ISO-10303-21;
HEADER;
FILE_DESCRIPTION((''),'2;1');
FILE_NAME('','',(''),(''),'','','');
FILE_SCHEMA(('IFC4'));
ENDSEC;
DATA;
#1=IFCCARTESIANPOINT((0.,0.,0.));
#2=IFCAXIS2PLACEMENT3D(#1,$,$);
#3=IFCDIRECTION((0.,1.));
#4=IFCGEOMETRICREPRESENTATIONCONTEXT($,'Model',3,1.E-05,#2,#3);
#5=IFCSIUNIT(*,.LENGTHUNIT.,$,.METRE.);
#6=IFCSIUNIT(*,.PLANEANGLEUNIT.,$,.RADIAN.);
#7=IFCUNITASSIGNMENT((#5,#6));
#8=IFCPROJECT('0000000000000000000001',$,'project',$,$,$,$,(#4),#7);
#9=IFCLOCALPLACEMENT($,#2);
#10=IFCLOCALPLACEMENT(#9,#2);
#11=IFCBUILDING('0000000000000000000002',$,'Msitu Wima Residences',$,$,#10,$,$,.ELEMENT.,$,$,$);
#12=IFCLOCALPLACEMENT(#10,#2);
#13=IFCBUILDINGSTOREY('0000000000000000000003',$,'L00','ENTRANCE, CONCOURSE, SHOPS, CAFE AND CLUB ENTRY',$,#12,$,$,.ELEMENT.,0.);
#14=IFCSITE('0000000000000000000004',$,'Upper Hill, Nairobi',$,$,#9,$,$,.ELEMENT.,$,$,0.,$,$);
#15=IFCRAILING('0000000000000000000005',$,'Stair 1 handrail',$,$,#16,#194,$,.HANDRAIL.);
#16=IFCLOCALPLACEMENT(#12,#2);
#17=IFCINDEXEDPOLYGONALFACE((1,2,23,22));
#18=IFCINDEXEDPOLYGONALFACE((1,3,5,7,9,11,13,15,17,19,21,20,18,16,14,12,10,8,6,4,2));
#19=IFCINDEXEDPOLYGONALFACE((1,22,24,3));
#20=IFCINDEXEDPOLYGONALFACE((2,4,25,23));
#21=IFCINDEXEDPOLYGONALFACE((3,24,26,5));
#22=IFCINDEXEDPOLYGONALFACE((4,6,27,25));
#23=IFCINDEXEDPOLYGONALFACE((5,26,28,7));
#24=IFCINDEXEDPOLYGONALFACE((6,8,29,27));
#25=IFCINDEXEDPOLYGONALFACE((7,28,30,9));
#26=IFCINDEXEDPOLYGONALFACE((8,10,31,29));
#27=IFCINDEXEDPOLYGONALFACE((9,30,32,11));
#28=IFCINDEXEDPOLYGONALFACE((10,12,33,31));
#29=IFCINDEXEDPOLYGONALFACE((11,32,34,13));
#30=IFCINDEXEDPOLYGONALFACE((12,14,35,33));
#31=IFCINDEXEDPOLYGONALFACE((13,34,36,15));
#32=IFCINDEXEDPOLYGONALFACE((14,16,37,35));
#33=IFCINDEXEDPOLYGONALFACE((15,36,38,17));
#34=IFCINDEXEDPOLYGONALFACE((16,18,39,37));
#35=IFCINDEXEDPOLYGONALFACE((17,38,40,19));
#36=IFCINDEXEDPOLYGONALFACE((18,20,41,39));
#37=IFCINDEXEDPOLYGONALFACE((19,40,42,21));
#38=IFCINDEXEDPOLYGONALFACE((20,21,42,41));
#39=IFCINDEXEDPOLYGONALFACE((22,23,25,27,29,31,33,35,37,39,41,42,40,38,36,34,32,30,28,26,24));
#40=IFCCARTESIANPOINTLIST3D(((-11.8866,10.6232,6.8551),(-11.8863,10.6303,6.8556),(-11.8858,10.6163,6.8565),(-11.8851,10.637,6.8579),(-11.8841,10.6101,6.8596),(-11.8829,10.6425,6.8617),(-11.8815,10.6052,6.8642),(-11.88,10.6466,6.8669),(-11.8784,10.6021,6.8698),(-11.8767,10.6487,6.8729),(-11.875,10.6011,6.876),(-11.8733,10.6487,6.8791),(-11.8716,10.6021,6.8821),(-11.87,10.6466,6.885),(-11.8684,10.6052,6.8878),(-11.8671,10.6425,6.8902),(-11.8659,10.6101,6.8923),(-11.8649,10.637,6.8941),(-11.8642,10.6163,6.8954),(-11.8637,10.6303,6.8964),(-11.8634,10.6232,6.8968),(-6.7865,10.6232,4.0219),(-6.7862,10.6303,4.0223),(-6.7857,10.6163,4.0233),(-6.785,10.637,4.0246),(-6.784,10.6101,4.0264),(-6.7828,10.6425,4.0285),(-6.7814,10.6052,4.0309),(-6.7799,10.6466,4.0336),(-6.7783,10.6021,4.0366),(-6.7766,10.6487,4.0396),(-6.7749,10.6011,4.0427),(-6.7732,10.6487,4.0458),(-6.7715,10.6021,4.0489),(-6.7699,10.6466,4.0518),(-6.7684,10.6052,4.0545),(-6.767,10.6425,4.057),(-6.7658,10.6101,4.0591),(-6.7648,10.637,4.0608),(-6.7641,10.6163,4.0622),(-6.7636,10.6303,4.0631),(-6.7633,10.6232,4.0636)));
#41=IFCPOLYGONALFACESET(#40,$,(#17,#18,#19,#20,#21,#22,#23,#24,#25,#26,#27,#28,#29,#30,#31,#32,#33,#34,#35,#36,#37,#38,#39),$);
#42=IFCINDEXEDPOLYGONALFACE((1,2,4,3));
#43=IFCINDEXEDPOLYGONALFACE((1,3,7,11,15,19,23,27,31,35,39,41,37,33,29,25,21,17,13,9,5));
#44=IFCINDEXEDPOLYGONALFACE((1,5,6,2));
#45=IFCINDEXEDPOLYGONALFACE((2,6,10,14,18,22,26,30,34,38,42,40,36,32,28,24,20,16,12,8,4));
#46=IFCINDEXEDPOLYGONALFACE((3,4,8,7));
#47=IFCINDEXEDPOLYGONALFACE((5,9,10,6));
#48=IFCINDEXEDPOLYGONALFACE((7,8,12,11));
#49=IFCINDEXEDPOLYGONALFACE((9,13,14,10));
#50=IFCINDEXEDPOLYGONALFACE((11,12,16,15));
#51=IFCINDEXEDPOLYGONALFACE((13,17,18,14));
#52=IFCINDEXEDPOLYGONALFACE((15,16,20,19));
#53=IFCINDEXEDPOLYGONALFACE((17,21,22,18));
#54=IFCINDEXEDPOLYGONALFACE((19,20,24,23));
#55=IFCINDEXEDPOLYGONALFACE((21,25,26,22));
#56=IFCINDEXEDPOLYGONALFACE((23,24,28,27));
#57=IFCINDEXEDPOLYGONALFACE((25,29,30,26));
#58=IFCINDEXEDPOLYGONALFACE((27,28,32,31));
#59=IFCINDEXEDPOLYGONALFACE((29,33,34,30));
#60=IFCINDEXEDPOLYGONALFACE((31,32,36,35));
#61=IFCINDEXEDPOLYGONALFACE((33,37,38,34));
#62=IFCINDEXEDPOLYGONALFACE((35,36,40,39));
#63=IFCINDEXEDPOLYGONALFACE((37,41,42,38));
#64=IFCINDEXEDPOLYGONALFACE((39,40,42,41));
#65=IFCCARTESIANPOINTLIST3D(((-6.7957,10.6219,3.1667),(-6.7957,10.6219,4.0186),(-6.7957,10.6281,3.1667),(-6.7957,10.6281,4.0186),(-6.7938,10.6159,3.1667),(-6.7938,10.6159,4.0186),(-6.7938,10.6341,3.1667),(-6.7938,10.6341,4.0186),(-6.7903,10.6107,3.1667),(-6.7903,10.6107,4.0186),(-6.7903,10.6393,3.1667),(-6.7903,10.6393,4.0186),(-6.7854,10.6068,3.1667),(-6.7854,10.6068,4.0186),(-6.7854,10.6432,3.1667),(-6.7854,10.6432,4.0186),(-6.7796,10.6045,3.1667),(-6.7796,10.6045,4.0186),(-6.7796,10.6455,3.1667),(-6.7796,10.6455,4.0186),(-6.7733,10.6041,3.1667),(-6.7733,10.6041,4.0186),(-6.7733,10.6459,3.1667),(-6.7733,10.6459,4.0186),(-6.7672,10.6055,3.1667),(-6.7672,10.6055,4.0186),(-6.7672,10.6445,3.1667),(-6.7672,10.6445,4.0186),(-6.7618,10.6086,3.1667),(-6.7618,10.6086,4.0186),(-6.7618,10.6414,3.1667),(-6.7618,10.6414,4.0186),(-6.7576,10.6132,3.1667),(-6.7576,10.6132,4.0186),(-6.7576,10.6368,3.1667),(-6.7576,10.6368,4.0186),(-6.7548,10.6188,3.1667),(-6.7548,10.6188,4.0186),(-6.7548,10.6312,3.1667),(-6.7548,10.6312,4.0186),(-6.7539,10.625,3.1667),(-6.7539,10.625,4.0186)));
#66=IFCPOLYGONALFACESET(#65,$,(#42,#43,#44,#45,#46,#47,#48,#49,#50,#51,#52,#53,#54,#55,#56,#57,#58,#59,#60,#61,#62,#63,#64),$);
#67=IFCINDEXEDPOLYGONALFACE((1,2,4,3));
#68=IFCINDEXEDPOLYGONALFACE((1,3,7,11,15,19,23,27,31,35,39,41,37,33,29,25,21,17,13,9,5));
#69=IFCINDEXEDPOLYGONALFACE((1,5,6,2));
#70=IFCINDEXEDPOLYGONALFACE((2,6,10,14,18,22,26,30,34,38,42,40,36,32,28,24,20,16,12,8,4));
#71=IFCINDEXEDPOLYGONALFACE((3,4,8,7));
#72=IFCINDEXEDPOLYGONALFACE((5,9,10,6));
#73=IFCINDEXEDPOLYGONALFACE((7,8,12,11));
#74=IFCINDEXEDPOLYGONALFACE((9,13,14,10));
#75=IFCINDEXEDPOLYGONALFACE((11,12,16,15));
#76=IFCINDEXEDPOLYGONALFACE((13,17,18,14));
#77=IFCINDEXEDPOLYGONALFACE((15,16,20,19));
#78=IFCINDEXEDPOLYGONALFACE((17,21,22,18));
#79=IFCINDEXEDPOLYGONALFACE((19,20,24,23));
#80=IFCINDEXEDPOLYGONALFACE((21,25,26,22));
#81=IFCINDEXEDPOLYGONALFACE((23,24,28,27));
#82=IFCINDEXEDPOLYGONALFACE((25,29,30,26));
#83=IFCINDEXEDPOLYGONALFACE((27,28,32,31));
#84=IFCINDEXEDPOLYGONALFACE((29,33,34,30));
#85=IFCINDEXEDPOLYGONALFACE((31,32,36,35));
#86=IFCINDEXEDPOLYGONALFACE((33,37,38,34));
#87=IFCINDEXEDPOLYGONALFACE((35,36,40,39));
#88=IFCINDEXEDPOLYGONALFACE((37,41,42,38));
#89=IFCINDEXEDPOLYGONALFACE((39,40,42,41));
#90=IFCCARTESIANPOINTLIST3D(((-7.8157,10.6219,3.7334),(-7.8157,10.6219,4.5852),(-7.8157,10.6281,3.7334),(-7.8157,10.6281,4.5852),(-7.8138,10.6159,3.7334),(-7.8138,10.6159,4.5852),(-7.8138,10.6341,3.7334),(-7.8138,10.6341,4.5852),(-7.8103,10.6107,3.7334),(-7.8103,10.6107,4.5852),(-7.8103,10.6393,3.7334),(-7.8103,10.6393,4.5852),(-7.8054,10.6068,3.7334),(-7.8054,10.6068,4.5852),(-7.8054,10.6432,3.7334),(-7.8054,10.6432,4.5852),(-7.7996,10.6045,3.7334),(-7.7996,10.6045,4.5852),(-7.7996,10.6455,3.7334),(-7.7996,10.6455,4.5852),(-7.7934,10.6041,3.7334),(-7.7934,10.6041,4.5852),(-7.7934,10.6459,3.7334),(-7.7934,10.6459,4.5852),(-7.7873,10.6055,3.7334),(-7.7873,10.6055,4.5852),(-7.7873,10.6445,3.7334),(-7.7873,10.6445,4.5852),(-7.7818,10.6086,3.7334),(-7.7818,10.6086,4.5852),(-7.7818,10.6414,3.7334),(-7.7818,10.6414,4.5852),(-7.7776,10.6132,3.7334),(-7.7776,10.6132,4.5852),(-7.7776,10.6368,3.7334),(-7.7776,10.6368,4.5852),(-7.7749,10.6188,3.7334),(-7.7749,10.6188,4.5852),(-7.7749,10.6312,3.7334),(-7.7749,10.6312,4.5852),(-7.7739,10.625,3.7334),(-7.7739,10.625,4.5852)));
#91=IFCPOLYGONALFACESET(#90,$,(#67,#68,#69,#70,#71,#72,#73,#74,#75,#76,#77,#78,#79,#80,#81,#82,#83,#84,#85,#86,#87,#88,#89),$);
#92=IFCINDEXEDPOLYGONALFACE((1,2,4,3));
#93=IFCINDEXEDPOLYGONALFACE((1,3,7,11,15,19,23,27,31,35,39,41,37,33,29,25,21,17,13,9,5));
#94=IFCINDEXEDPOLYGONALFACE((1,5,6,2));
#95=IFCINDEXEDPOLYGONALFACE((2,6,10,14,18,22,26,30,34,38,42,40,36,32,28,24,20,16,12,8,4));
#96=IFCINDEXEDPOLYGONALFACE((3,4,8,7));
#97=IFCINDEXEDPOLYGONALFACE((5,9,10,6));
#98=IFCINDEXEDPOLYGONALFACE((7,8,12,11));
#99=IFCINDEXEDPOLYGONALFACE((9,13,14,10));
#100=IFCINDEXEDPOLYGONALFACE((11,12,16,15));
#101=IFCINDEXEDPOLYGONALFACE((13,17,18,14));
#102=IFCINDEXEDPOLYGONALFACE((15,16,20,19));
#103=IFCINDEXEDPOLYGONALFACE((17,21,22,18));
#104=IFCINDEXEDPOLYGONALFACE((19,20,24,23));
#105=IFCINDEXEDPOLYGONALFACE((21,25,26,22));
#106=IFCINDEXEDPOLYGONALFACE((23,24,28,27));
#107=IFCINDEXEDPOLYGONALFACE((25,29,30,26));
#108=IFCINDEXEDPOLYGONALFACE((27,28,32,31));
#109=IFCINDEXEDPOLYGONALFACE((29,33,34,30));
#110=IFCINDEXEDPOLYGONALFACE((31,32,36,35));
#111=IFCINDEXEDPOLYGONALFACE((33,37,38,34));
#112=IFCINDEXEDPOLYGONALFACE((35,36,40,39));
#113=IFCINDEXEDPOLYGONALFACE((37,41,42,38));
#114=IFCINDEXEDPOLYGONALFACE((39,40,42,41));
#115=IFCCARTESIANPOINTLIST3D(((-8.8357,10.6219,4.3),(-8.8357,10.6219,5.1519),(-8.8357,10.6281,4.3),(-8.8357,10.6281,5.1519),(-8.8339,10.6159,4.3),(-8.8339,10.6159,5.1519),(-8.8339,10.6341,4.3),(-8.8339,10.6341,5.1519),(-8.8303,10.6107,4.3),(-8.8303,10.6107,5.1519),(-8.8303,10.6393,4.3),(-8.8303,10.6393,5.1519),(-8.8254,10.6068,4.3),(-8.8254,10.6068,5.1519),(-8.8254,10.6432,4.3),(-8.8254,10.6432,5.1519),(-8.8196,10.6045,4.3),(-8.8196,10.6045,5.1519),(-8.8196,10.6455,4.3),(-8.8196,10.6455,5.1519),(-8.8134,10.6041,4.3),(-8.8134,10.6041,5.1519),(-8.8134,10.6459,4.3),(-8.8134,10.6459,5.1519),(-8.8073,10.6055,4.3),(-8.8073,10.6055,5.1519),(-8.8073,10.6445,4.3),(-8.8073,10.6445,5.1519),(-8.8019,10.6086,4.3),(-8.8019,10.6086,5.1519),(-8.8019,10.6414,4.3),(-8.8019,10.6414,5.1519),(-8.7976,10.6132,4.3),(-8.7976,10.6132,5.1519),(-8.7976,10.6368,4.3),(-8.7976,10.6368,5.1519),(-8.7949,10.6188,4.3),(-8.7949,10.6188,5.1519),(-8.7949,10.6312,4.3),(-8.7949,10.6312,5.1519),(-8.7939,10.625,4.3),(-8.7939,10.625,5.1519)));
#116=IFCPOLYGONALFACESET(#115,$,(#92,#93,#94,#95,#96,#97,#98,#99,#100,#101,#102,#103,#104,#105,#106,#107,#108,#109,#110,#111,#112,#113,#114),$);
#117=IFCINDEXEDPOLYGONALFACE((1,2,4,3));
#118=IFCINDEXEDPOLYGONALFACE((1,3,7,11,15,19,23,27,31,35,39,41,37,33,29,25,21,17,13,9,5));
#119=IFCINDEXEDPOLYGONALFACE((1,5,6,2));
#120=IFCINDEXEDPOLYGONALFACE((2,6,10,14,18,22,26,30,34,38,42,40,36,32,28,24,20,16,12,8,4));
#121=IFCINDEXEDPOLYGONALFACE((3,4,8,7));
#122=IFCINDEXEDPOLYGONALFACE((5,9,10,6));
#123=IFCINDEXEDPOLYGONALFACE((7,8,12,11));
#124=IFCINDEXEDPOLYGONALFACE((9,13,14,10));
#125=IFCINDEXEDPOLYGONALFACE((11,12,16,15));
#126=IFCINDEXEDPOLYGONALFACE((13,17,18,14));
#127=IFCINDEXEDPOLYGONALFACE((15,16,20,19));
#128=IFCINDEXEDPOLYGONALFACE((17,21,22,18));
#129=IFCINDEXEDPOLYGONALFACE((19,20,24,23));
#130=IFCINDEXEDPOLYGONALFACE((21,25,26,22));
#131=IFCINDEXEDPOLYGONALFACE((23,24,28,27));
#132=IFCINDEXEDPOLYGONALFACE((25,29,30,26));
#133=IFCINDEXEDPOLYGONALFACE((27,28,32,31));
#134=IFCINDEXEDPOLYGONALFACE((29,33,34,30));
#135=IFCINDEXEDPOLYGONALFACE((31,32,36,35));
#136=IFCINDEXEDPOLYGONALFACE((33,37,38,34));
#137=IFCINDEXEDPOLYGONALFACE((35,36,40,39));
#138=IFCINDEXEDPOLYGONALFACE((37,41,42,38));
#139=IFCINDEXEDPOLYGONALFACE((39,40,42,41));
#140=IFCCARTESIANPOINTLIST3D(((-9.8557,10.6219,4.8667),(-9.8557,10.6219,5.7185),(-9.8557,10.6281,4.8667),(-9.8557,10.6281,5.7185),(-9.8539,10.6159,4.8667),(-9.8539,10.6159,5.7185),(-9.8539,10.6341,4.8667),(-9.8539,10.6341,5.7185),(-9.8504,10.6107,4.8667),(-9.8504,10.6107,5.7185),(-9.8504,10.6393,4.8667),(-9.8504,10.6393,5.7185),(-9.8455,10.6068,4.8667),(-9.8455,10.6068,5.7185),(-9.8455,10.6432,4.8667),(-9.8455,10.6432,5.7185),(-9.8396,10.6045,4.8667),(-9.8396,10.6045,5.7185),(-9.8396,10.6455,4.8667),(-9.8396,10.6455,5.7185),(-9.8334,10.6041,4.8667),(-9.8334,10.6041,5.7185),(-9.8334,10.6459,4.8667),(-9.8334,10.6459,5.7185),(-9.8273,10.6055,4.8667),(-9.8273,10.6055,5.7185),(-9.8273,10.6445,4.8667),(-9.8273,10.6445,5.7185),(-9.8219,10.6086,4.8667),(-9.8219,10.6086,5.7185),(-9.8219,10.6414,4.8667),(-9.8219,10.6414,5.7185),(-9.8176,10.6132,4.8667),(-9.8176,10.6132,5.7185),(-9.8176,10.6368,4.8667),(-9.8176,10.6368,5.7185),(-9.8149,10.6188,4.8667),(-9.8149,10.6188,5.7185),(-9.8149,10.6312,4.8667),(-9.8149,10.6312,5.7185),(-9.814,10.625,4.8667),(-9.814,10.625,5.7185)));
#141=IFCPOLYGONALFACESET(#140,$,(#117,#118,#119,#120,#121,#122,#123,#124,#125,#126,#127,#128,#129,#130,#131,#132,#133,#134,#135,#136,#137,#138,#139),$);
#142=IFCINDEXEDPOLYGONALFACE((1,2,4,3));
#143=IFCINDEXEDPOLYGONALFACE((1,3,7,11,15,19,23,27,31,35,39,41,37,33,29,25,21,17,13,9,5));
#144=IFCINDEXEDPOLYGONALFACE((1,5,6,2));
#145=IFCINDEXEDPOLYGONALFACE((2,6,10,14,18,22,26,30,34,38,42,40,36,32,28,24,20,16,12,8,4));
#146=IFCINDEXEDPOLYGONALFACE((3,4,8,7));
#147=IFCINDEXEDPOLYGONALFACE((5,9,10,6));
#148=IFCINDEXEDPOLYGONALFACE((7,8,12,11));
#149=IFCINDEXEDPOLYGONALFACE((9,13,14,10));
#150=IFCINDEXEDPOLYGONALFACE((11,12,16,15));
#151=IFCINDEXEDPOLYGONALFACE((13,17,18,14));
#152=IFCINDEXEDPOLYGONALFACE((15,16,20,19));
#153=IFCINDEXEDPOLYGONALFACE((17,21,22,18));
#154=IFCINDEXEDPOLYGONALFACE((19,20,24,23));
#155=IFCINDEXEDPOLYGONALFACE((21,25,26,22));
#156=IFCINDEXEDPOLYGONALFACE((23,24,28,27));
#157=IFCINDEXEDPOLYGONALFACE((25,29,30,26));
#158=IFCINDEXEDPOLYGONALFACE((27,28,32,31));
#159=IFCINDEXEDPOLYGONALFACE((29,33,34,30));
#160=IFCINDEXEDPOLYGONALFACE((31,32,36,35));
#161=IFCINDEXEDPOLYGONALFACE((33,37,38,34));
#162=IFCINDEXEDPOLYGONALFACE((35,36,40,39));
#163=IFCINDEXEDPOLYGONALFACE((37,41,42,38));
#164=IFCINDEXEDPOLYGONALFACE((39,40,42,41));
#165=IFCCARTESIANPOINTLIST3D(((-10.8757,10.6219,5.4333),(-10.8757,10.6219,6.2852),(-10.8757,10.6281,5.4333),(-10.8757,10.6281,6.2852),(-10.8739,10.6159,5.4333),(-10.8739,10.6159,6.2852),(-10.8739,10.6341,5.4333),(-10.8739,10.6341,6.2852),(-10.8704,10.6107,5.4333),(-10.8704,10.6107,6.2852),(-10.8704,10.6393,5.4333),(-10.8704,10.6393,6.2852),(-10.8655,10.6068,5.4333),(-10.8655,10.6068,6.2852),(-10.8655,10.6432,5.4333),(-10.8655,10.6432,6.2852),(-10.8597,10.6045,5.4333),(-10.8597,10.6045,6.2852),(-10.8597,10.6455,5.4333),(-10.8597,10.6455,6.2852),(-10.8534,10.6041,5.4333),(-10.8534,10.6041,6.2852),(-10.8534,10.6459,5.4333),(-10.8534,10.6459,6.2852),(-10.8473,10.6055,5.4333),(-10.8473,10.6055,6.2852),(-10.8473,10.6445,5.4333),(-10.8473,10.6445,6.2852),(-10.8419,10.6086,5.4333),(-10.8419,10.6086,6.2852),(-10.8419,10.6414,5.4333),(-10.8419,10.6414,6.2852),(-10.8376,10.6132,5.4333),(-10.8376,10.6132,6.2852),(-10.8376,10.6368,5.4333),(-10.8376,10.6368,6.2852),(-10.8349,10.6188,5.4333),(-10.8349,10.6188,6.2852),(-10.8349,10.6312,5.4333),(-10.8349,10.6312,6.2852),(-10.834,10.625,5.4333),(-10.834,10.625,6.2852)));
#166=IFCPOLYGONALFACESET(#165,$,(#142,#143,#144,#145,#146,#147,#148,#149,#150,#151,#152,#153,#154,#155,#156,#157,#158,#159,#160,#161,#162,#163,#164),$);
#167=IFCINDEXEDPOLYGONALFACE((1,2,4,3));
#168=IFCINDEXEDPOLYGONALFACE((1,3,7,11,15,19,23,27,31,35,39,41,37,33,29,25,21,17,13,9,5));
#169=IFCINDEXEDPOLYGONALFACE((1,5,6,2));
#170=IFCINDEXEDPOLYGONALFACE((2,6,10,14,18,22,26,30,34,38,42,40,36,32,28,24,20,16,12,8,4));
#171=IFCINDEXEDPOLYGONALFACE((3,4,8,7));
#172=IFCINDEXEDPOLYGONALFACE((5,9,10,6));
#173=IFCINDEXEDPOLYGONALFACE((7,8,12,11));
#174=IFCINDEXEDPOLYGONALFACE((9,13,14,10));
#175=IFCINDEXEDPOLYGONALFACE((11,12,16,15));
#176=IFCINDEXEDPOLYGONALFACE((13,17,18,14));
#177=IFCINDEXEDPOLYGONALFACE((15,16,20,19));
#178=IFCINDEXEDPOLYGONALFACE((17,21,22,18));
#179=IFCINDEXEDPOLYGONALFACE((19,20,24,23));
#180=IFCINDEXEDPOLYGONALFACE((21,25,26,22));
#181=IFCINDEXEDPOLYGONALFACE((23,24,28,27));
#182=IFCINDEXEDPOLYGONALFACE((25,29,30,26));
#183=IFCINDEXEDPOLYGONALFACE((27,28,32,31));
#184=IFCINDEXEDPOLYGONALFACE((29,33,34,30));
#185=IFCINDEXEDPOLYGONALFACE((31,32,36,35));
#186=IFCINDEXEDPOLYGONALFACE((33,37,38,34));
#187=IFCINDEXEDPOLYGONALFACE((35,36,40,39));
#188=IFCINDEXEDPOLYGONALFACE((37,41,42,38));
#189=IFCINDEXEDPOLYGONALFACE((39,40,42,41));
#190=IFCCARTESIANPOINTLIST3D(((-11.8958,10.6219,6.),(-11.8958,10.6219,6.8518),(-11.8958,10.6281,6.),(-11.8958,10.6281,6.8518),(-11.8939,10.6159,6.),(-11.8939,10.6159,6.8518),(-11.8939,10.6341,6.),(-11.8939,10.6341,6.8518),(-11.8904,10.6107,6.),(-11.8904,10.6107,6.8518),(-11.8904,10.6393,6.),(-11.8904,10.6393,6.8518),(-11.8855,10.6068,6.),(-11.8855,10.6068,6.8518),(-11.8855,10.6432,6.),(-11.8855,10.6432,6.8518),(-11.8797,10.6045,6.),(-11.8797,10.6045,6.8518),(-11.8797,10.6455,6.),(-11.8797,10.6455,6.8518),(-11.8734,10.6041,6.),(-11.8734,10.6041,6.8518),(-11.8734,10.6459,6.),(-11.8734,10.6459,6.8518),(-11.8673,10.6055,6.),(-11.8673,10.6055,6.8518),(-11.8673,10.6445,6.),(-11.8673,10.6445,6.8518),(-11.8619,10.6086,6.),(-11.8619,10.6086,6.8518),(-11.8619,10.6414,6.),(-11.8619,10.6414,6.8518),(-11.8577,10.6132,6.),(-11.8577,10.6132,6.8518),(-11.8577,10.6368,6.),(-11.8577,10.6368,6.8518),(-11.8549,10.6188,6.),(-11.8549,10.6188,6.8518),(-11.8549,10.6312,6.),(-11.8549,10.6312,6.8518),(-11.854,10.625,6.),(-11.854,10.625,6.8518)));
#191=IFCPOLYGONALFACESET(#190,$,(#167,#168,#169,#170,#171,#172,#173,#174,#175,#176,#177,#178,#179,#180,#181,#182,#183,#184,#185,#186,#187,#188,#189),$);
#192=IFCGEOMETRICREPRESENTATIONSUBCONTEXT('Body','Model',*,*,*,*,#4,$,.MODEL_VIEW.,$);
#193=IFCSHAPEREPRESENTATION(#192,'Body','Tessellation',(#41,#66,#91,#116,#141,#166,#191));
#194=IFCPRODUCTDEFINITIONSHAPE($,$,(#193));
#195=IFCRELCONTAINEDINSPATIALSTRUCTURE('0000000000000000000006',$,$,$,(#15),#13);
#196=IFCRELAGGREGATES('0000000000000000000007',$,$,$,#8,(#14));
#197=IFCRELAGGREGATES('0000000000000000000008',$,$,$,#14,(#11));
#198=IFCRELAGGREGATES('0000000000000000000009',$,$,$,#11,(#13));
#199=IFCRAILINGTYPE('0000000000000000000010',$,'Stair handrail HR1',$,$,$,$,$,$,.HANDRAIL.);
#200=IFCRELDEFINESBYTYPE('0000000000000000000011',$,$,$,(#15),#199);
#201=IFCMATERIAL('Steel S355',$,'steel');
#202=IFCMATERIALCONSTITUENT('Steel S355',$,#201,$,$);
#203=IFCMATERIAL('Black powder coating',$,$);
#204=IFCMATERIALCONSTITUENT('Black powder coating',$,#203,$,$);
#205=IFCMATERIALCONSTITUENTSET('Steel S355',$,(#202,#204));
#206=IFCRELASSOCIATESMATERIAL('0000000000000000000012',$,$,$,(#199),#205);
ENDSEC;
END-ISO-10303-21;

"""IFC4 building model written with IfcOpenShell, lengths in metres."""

from ifc_helpers import new_model, si_unit, direction, frame, origin, origin_2d, place, context, subcontext, project, spatial, circle, extrude, material, constituent, constituent_set, type_object, element, save


model = new_model("IFC4")

# Units and contexts
model_context = context("Model", 3, precision=1e-05, world=origin(), true_north=direction((0.0, 1.0)))
body_context = subcontext(model_context, "Body", "Model", "MODEL_VIEW")
ifc_project = project(units=[si_unit("LENGTHUNIT", "METRE"), si_unit("PLANEANGLEUNIT", "RADIAN")], contexts=[model_context])

# Site, building, storey
site_placement = place(None, origin())
site = spatial("IfcSite", under=ifc_project, at=site_placement, Name="Upper Hill, Nairobi", CompositionType="ELEMENT", RefElevation=0.0)
building_placement = place(site_placement, origin())
building = spatial("IfcBuilding", under=site, at=building_placement, Name="Msitu Wima Residences", CompositionType="ELEMENT")
storey_placement = place(building_placement, origin())
storey = spatial("IfcBuildingStorey", under=building, at=storey_placement, Name="L00", Description="ENTRANCE, CONCOURSE, SHOPS, CAFE AND CLUB ENTRY", CompositionType="ELEMENT", Elevation=0.0)

# Railing
ifc_material_1 = material(Name="Steel S355", Category="steel")
ifc_constituent_1 = constituent(ifc_material_1, Name="Steel S355")
ifc_material_2 = material(Name="Black powder coating")
ifc_constituent_2 = constituent(ifc_material_2, Name="Black powder coating")
ifc_constituent_set = constituent_set(constituents=[ifc_constituent_1, ifc_constituent_2], Name="Steel S355")
railing_type = type_object("IfcRailingType", Name="Stair handrail HR1", PredefinedType="HANDRAIL", material=ifc_constituent_set)
for number, where, name in (
    (1, (-6.7749, 10.625, 3.1667), "Stair 1 handrail"),
):
    element("IfcRailing", number, at=place(storey_placement, frame(where)), inside=storey, type_object=railing_type, Name=name, PredefinedType="HANDRAIL", context=body_context, shape_type="SweptSolid", body=[
        extrude(circle(Radius=0.0239, at=origin_2d()), frame((0.0, 0.0, 0.876), z_axis=(-0.874167, 0.0, 0.485625), x_axis=(0.0, -1.0, 0.0)), (0.0, 0.0, 1.0), 5.8342),
        extrude(circle(Radius=0.021, at=origin_2d()), origin(), (0.0, 0.0, 1.0), 0.8518),
        extrude(circle(Radius=0.021, at=origin_2d()), frame((-1.02, 0.0, 0.5667)), (0.0, 0.0, 1.0), 0.8518),
        extrude(circle(Radius=0.021, at=origin_2d()), frame((-2.04, 0.0, 1.1333)), (0.0, 0.0, 1.0), 0.8518),
        extrude(circle(Radius=0.021, at=origin_2d()), frame((-3.0601, 0.0, 1.7)), (0.0, 0.0, 1.0), 0.8518),
        extrude(circle(Radius=0.021, at=origin_2d()), frame((-4.0801, 0.0, 2.2666)), (0.0, 0.0, 1.0), 0.8518),
        extrude(circle(Radius=0.021, at=origin_2d()), frame((-5.1001, 0.0, 2.8333)), (0.0, 0.0, 1.0), 0.8518),
    ])

save(model, "model.ifc")
